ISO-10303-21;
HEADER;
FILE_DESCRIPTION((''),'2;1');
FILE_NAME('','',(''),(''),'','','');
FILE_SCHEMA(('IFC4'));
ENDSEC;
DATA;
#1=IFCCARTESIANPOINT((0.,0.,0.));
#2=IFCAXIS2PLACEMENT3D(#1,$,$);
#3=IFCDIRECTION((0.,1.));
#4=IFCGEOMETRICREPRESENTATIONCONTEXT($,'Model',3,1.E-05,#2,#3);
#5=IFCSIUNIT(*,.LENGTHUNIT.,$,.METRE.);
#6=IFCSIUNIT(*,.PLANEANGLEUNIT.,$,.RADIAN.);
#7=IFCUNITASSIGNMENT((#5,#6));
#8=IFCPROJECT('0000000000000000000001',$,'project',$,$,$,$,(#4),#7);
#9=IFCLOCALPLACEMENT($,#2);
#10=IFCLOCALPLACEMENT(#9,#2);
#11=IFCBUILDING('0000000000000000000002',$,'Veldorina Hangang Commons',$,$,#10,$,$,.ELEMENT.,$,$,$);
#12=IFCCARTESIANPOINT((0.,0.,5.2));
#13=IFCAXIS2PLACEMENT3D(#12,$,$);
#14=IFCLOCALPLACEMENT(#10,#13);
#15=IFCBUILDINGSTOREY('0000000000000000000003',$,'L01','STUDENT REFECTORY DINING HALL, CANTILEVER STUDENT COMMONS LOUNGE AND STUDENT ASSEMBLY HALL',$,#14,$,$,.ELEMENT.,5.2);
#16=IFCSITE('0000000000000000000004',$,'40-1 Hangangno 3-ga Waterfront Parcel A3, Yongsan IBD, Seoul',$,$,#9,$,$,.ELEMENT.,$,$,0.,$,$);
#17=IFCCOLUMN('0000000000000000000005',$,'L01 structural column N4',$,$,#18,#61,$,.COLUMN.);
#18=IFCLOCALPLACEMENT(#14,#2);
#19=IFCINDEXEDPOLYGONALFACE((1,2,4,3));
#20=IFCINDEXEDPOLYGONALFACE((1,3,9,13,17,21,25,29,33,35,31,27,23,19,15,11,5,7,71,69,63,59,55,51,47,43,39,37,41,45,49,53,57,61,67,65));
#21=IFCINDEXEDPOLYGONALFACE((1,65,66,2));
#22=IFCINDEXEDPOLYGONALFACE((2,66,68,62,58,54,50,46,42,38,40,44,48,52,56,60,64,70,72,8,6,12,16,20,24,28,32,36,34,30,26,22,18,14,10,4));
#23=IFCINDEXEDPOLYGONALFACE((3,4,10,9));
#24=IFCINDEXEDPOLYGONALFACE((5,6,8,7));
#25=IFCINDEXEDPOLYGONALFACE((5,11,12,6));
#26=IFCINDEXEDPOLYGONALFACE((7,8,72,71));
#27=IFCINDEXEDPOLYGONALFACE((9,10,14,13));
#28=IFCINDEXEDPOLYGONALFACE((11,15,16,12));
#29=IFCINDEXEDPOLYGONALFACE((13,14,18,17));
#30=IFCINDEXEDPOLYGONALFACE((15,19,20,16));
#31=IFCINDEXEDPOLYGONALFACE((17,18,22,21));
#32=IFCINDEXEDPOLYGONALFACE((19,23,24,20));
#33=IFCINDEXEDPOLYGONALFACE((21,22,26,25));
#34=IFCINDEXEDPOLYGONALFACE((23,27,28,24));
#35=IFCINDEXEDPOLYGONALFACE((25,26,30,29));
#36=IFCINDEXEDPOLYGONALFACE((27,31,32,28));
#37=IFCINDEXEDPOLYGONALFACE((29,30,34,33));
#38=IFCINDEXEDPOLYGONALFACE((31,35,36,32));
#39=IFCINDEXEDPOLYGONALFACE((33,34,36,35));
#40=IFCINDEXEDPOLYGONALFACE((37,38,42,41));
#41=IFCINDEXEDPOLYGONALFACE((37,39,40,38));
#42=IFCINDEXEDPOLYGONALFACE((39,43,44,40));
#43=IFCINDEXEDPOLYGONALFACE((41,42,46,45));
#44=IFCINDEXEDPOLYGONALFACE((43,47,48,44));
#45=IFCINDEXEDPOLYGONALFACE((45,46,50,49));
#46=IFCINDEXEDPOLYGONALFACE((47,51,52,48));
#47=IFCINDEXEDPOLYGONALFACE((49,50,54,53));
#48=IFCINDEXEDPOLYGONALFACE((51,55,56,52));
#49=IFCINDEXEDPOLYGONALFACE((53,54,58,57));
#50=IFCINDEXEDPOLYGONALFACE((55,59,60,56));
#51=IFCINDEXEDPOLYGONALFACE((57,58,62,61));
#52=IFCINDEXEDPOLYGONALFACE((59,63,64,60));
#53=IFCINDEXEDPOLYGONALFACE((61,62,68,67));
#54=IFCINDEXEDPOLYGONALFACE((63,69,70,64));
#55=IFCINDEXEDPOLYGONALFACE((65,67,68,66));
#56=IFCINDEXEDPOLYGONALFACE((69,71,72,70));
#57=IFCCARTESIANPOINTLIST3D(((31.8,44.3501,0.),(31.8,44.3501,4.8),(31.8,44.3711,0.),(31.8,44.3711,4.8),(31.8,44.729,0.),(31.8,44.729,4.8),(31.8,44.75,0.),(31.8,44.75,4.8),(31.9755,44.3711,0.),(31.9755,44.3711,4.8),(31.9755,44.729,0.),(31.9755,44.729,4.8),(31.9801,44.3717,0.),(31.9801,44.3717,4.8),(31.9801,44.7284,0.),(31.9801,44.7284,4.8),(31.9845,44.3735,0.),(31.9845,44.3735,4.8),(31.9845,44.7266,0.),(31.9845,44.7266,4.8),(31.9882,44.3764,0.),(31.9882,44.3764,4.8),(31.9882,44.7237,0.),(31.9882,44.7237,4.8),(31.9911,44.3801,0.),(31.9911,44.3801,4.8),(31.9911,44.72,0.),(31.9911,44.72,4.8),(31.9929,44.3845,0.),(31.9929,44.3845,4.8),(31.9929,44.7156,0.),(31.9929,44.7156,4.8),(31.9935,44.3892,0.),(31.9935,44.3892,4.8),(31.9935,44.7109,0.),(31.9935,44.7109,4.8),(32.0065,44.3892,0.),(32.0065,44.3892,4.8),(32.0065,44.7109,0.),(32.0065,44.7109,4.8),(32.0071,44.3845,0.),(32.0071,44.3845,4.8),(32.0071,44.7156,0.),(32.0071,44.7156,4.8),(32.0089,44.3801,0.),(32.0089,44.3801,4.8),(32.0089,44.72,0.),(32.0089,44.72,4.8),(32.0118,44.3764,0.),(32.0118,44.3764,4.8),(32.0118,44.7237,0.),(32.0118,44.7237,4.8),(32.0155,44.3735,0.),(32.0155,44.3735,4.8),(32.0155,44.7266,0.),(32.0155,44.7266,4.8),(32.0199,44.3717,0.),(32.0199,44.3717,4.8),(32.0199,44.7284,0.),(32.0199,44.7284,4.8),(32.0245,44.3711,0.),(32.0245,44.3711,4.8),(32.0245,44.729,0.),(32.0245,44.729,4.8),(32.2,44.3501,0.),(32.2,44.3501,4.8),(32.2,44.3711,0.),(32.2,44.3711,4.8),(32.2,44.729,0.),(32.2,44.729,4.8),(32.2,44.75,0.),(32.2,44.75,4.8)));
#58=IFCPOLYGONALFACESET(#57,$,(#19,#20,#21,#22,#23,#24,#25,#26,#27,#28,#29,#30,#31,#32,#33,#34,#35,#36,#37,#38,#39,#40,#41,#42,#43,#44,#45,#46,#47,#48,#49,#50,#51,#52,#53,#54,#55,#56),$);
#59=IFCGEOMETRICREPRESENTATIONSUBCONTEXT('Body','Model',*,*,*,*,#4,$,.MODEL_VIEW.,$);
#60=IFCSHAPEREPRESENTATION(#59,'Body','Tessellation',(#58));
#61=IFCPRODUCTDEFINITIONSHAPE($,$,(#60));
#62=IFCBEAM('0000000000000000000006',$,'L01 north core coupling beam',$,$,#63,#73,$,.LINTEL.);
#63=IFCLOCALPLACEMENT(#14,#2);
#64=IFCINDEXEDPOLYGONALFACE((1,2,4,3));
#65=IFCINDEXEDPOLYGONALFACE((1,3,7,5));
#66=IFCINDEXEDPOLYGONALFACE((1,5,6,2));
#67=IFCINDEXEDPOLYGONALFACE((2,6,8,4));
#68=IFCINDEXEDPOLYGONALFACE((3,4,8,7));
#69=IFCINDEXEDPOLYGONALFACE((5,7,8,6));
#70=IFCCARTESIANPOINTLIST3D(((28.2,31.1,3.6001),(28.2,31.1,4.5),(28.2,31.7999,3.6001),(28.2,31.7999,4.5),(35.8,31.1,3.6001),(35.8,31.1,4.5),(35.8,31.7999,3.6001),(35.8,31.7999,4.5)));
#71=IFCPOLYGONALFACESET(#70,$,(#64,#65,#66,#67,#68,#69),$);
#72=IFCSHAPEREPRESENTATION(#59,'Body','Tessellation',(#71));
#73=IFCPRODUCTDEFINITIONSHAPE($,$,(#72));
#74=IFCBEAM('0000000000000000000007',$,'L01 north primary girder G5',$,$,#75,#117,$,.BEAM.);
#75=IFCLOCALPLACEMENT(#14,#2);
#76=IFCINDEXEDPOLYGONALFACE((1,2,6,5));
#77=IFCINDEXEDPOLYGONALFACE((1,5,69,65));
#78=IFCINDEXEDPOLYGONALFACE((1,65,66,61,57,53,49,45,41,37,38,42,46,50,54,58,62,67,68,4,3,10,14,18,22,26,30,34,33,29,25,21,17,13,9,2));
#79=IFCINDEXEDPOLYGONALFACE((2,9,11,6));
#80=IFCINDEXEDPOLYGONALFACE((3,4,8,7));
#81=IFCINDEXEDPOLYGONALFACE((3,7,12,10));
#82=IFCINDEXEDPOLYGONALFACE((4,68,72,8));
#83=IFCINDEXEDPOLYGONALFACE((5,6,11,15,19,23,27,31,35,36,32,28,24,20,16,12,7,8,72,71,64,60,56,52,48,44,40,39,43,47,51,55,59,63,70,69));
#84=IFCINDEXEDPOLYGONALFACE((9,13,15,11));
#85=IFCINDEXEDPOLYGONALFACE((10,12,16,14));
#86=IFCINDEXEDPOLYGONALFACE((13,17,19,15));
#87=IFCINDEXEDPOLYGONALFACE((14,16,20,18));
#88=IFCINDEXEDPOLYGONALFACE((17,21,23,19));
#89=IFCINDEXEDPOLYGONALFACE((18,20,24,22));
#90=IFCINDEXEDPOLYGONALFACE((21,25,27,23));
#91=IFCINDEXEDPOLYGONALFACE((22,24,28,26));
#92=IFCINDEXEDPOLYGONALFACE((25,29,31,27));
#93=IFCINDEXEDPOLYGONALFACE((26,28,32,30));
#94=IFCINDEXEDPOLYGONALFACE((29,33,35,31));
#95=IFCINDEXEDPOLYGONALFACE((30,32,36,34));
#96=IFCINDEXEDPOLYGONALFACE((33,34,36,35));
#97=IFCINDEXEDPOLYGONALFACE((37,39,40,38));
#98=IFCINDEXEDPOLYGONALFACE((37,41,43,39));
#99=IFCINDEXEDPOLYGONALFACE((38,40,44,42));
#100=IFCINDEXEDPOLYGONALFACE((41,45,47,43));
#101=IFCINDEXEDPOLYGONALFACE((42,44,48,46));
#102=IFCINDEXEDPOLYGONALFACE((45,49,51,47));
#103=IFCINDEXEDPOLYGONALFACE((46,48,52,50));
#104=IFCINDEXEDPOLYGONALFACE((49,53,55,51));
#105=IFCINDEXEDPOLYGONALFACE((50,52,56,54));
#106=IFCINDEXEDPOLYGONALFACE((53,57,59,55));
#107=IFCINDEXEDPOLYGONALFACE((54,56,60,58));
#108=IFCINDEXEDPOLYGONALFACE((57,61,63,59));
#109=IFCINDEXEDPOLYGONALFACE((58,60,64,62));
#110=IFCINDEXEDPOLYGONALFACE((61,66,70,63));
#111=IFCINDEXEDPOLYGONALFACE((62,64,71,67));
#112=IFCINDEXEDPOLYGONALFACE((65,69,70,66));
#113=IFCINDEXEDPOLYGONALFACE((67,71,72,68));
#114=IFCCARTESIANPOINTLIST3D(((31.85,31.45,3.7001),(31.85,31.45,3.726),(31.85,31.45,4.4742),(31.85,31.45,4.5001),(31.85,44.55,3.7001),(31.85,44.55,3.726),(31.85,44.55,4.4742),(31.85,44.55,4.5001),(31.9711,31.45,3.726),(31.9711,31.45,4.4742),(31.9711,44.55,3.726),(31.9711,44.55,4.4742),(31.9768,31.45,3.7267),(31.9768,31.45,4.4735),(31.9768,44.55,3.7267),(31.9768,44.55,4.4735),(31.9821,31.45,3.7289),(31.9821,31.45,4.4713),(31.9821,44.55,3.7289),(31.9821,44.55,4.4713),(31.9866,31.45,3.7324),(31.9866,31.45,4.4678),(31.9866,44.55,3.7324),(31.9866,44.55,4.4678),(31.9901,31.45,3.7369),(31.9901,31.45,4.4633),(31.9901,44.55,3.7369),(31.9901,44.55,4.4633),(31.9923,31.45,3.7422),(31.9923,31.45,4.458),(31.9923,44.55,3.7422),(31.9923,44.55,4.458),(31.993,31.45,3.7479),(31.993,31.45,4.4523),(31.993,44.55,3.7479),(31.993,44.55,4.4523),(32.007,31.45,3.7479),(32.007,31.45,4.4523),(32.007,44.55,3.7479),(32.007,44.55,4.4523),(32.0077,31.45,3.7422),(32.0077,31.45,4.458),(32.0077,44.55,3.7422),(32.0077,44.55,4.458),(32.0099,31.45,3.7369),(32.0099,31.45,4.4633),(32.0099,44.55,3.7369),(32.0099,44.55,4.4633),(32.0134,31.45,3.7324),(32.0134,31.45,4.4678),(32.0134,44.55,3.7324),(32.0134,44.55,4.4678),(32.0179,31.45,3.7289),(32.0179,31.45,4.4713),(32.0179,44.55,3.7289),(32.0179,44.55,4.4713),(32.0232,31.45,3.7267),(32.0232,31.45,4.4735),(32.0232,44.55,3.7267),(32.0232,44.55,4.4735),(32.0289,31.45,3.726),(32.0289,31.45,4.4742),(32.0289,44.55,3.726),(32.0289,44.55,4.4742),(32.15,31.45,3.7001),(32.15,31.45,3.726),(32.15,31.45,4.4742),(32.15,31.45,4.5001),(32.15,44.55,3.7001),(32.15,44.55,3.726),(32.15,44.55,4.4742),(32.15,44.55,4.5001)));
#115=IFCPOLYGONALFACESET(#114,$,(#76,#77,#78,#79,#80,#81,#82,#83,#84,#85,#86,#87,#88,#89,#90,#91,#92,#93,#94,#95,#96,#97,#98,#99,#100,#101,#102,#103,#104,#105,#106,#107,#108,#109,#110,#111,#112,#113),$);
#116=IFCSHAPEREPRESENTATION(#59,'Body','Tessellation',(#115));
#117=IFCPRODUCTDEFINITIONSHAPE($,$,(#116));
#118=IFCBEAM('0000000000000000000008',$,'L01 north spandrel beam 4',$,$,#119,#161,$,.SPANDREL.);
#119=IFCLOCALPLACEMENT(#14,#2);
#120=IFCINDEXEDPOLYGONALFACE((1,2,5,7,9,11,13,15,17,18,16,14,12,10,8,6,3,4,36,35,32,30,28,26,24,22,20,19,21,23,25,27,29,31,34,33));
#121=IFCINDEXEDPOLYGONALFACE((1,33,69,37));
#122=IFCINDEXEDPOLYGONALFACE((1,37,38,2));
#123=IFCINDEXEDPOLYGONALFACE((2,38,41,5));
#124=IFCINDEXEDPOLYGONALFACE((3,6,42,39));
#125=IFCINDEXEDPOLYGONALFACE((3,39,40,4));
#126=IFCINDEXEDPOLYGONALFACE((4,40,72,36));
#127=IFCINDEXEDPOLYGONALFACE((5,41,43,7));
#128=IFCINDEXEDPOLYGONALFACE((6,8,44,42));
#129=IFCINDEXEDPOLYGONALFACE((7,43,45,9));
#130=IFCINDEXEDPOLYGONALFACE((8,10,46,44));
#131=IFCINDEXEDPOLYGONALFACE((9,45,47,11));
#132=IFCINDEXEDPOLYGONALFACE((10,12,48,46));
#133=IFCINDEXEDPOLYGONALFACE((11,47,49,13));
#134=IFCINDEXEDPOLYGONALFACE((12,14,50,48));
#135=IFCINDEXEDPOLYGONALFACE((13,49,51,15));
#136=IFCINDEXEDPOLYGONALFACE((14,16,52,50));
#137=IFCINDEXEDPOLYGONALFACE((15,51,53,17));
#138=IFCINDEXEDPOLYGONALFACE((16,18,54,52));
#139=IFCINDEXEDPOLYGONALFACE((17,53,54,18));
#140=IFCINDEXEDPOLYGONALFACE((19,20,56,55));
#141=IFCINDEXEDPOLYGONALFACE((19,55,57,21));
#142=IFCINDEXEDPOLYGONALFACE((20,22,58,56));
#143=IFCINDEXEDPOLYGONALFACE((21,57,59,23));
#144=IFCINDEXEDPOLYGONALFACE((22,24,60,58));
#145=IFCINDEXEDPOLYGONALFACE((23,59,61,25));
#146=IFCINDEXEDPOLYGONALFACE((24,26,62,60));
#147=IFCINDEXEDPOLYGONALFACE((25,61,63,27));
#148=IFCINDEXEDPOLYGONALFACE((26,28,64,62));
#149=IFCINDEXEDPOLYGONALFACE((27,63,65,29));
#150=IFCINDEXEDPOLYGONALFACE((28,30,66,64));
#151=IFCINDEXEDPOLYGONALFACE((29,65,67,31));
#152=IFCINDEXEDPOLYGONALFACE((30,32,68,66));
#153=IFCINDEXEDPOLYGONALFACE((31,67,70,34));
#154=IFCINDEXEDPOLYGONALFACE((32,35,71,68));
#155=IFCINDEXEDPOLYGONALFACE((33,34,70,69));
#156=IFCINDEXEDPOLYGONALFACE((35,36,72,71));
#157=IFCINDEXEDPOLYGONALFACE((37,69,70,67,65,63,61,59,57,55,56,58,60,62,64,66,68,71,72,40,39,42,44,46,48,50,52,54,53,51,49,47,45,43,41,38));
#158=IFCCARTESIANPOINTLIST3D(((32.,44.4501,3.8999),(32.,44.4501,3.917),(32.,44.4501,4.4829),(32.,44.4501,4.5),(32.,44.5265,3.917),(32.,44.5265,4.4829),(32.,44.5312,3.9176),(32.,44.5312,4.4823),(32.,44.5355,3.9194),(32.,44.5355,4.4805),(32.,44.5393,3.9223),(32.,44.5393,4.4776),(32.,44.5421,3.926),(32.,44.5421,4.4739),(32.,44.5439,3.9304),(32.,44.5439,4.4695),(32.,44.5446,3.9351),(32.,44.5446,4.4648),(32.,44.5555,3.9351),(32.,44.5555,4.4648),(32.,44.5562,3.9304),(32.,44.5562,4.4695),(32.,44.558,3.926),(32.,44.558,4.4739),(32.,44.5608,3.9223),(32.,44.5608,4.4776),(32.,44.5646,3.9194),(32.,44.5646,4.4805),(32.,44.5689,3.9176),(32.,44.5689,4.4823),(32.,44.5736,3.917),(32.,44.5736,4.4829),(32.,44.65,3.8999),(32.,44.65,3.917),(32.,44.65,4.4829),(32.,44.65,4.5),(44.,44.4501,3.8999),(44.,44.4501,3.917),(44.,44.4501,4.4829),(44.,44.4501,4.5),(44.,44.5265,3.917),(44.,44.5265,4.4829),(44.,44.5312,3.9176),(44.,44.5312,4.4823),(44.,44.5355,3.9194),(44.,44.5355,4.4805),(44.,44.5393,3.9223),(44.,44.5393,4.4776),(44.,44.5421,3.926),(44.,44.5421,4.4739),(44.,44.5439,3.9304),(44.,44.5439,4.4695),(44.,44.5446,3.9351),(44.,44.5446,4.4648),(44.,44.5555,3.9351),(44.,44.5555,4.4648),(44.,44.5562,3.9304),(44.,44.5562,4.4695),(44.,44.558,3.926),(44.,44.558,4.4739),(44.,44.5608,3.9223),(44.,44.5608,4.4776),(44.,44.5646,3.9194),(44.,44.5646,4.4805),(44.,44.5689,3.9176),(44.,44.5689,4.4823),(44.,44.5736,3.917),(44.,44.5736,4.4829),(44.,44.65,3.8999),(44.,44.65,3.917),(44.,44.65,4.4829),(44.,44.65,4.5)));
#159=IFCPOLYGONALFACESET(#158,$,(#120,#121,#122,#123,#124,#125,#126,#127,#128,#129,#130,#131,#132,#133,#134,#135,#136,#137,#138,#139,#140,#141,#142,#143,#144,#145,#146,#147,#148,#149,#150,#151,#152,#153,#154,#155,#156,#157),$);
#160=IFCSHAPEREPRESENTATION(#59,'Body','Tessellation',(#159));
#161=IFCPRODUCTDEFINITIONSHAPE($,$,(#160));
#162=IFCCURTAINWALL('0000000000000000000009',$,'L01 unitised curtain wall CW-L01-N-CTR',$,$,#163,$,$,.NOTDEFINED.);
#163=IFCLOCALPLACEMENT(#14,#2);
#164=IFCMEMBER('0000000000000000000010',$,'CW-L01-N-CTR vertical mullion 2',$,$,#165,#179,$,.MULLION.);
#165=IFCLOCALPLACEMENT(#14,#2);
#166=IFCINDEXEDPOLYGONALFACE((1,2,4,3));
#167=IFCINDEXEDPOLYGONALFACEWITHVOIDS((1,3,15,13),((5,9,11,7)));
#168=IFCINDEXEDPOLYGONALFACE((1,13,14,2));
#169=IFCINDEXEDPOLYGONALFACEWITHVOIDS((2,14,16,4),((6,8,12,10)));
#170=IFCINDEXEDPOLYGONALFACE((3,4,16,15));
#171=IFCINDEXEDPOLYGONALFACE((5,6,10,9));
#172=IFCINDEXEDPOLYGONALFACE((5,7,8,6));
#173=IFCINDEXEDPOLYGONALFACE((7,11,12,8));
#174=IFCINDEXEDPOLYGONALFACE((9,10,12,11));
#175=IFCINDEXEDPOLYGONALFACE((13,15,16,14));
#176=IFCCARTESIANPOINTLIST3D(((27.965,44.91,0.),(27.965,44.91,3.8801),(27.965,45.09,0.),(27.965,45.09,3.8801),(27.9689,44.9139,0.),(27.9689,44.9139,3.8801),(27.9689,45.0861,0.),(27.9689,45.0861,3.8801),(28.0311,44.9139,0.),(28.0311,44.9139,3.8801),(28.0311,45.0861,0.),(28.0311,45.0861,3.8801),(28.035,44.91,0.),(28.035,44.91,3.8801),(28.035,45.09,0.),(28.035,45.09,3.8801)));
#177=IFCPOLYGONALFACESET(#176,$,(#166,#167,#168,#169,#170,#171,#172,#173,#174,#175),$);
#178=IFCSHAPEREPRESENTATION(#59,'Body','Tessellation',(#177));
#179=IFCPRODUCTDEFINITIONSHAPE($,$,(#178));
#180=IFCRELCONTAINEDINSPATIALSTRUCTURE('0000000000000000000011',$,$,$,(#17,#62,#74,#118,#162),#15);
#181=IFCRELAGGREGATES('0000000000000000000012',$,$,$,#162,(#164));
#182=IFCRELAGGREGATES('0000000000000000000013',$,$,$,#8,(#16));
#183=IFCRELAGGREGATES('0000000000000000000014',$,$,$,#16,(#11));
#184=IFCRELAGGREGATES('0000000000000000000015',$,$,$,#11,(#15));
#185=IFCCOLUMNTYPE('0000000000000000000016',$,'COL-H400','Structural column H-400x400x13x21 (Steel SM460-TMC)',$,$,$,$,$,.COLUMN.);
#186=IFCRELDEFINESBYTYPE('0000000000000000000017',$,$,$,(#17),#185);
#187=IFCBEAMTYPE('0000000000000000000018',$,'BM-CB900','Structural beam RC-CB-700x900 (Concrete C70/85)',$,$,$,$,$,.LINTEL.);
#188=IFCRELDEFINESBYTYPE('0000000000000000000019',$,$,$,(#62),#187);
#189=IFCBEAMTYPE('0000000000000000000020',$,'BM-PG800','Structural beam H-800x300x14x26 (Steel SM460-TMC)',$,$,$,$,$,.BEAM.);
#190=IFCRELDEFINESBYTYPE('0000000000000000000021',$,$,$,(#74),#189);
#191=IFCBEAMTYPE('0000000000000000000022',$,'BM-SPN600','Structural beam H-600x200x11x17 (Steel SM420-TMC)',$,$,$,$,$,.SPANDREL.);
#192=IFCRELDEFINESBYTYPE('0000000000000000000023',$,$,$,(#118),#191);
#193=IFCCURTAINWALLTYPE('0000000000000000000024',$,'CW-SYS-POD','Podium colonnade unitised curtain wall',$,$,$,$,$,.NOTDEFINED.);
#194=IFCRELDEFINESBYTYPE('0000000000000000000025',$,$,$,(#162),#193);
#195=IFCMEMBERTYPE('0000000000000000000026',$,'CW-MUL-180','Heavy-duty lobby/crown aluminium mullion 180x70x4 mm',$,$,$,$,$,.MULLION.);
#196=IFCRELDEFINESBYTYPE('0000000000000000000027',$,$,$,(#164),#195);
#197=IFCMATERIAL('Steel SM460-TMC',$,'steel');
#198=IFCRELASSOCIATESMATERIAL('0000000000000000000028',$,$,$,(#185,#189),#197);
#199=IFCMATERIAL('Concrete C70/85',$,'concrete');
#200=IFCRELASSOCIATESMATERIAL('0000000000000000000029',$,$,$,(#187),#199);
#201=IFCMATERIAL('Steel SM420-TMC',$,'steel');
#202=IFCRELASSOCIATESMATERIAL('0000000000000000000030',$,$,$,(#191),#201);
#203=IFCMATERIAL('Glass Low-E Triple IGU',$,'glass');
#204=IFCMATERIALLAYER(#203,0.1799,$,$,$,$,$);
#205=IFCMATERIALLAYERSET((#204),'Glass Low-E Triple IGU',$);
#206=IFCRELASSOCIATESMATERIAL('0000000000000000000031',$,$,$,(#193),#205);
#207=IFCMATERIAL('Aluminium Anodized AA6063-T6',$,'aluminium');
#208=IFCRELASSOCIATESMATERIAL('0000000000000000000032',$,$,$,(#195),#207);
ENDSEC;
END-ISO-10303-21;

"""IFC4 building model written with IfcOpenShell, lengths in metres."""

from ifc_helpers import new_model, si_unit, direction, frame, origin, origin_2d, place, context, subcontext, project, spatial, rectangle, hollow_rectangle, i_section, extrude, material, layer, layer_set, material_profile, profile_set, type_object, element, aggregate, save


model = new_model("IFC4")

# Units and contexts
model_context = context("Model", 3, precision=1e-05, world=origin(), true_north=direction((0.0, 1.0)))
body_context = subcontext(model_context, "Body", "Model", "MODEL_VIEW")
ifc_project = project(units=[si_unit("LENGTHUNIT", "METRE"), si_unit("PLANEANGLEUNIT", "RADIAN")], contexts=[model_context])

# Site, building, storey
site_placement = place(None, origin())
site = spatial("IfcSite", under=ifc_project, at=site_placement, Name="40-1 Hangangno 3-ga Waterfront Parcel A3, Yongsan IBD, Seoul", CompositionType="ELEMENT", RefElevation=0.0)
building_placement = place(site_placement, origin())
building = spatial("IfcBuilding", under=site, at=building_placement, Name="Veldorina Hangang Commons", CompositionType="ELEMENT")
storey_placement = place(building_placement, frame((0.0, 0.0, 5.2)))
storey = spatial("IfcBuildingStorey", under=building, at=storey_placement, Name="L01", Description="STUDENT REFECTORY DINING HALL, CANTILEVER STUDENT COMMONS LOUNGE AND STUDENT ASSEMBLY HALL", CompositionType="ELEMENT", Elevation=5.2)

# Column
ifc_material_1 = material(Name="Steel SM460-TMC", Category="steel")
ifc_material_profile_1 = material_profile(ifc_material_1, i_section(OverallWidth=0.3999, OverallDepth=0.3999, WebThickness=0.0129, FlangeThickness=0.021, FilletRadius=0.0181, at=origin_2d()), Name="H-400x400x13x21")
ifc_profile_set_1 = profile_set([ifc_material_profile_1], Name="Steel SM460-TMC")
column_type = type_object("IfcColumnType", Name="COL-H400", Description="Structural column H-400x400x13x21 (Steel SM460-TMC)", PredefinedType="COLUMN", material=ifc_profile_set_1)
column_placement = place(storey_placement, frame((32.0, 44.55, 0.0), z_axis=(0.0, 0.0, 1.0), x_axis=(1.0, 0.0, 0.0)))
element("IfcColumn", 1, at=column_placement, inside=storey, type_object=column_type, Name="L01 structural column N4", PredefinedType="COLUMN", context=body_context, shape_type="SweptSolid", body=[
    extrude(i_section(OverallWidth=0.3999, OverallDepth=0.3999, WebThickness=0.0129, FlangeThickness=0.021, FilletRadius=0.0181, at=origin_2d()), origin(), (0.0, 0.0, 1.0), 4.8),
])

# Beams
ifc_material_2 = material(Name="Concrete C70/85", Category="concrete")
ifc_material_profile_2 = material_profile(ifc_material_2, rectangle(XDim=0.7, YDim=0.8999, at=origin_2d()), Name="RC-CB-700x900")
ifc_profile_set_2 = profile_set([ifc_material_profile_2], Name="Concrete C70/85")
beam_type_1 = type_object("IfcBeamType", Name="BM-CB900", Description="Structural beam RC-CB-700x900 (Concrete C70/85)", PredefinedType="LINTEL", material=ifc_profile_set_2)
beam_1_placement = place(storey_placement, frame((28.2, 31.45, 4.05), z_axis=(1.0, 0.0, 0.0), x_axis=(0.0, 1.0, 0.0)))
element("IfcBeam", 2, at=beam_1_placement, inside=storey, type_object=beam_type_1, Name="L01 north core coupling beam", PredefinedType="LINTEL", context=body_context, shape_type="SweptSolid", body=[
    extrude(rectangle(XDim=0.7, YDim=0.8999, at=origin_2d()), origin(), (0.0, 0.0, 1.0), 7.6001),
])
ifc_material_profile_3 = material_profile(ifc_material_1, i_section(OverallWidth=0.3, OverallDepth=0.8, WebThickness=0.0139, FlangeThickness=0.0259, FilletRadius=0.022, at=origin_2d()), Name="H-800x300x14x26")
ifc_profile_set_3 = profile_set([ifc_material_profile_3], Name="Steel SM460-TMC")
beam_type_2 = type_object("IfcBeamType", Name="BM-PG800", Description="Structural beam H-800x300x14x26 (Steel SM460-TMC)", PredefinedType="BEAM", material=ifc_profile_set_3)
beam_2_placement = place(storey_placement, frame((32.0, 31.45, 4.1001), z_axis=(0.0, 1.0, 0.0), x_axis=(-1.0, 0.0, 0.0)))
element("IfcBeam", 3, at=beam_2_placement, inside=storey, type_object=beam_type_2, Name="L01 north primary girder G5", PredefinedType="BEAM", context=body_context, shape_type="SweptSolid", body=[
    extrude(i_section(OverallWidth=0.3, OverallDepth=0.8, WebThickness=0.0139, FlangeThickness=0.0259, FilletRadius=0.022, at=origin_2d()), origin(), (0.0, 0.0, 1.0), 13.1001),
])
ifc_material_3 = material(Name="Steel SM420-TMC", Category="steel")
ifc_material_profile_4 = material_profile(ifc_material_3, i_section(OverallWidth=0.2, OverallDepth=0.6001, WebThickness=0.011, FlangeThickness=0.0171, FilletRadius=0.0181, at=origin_2d()), Name="H-600x200x11x17")
ifc_profile_set_4 = profile_set([ifc_material_profile_4], Name="Steel SM420-TMC")
beam_type_3 = type_object("IfcBeamType", Name="BM-SPN600", Description="Structural beam H-600x200x11x17 (Steel SM420-TMC)", PredefinedType="SPANDREL", material=ifc_profile_set_4)
beam_3_placement = place(storey_placement, frame((32.0, 44.55, 4.2), z_axis=(1.0, 0.0, 0.0), x_axis=(0.0, 1.0, 0.0)))
element("IfcBeam", 4, at=beam_3_placement, inside=storey, type_object=beam_type_3, Name="L01 north spandrel beam 4", PredefinedType="SPANDREL", context=body_context, shape_type="SweptSolid", body=[
    extrude(i_section(OverallWidth=0.2, OverallDepth=0.6001, WebThickness=0.011, FlangeThickness=0.0171, FilletRadius=0.0181, at=origin_2d()), origin(), (0.0, 0.0, 1.0), 12.0),
])

# Curtain wall, member
ifc_material_4 = material(Name="Glass Low-E Triple IGU", Category="glass")
ifc_layer_1 = layer(ifc_material_4, 0.1799)
ifc_layer_set_1 = layer_set([ifc_layer_1], Name="Glass Low-E Triple IGU")
curtain_wall_type = type_object("IfcCurtainWallType", Name="CW-SYS-POD", Description="Podium colonnade unitised curtain wall", PredefinedType="NOTDEFINED", material=ifc_layer_set_1)
curtain_wall_placement = place(storey_placement, origin())
curtain_wall = element("IfcCurtainWall", 5, at=curtain_wall_placement, inside=storey, type_object=curtain_wall_type, Name="L01 unitised curtain wall CW-L01-N-CTR", PredefinedType="NOTDEFINED")
ifc_material_5 = material(Name="Aluminium Anodized AA6063-T6", Category="aluminium")
ifc_material_profile_5 = material_profile(ifc_material_5, hollow_rectangle(XDim=0.0701, YDim=0.1799, WallThickness=0.0039, at=origin_2d()), Name="ALU-RHS-180x70x4")
ifc_profile_set_5 = profile_set([ifc_material_profile_5], Name="Aluminium Anodized AA6063-T6")
member_type_1 = type_object("IfcMemberType", Name="CW-MUL-180", Description="Heavy-duty lobby/crown aluminium mullion 180x70x4 mm", PredefinedType="MULLION", material=ifc_profile_set_5)
member_1_placement = place(storey_placement, frame((28.0, 45.0, 0.0), z_axis=(0.0, 0.0, 1.0), x_axis=(-1.0, 0.0, 0.0)))
member_1 = element("IfcMember", 6, at=member_1_placement, type_object=member_type_1, Name="CW-L01-N-CTR vertical mullion 2", PredefinedType="MULLION", context=body_context, shape_type="SweptSolid", body=[
    extrude(hollow_rectangle(XDim=0.0701, YDim=0.1799, WallThickness=0.0039, at=origin_2d()), origin(), (0.0, 0.0, 1.0), 3.8801),
])
aggregate(curtain_wall, [member_1])

save(model, "model.ifc")
